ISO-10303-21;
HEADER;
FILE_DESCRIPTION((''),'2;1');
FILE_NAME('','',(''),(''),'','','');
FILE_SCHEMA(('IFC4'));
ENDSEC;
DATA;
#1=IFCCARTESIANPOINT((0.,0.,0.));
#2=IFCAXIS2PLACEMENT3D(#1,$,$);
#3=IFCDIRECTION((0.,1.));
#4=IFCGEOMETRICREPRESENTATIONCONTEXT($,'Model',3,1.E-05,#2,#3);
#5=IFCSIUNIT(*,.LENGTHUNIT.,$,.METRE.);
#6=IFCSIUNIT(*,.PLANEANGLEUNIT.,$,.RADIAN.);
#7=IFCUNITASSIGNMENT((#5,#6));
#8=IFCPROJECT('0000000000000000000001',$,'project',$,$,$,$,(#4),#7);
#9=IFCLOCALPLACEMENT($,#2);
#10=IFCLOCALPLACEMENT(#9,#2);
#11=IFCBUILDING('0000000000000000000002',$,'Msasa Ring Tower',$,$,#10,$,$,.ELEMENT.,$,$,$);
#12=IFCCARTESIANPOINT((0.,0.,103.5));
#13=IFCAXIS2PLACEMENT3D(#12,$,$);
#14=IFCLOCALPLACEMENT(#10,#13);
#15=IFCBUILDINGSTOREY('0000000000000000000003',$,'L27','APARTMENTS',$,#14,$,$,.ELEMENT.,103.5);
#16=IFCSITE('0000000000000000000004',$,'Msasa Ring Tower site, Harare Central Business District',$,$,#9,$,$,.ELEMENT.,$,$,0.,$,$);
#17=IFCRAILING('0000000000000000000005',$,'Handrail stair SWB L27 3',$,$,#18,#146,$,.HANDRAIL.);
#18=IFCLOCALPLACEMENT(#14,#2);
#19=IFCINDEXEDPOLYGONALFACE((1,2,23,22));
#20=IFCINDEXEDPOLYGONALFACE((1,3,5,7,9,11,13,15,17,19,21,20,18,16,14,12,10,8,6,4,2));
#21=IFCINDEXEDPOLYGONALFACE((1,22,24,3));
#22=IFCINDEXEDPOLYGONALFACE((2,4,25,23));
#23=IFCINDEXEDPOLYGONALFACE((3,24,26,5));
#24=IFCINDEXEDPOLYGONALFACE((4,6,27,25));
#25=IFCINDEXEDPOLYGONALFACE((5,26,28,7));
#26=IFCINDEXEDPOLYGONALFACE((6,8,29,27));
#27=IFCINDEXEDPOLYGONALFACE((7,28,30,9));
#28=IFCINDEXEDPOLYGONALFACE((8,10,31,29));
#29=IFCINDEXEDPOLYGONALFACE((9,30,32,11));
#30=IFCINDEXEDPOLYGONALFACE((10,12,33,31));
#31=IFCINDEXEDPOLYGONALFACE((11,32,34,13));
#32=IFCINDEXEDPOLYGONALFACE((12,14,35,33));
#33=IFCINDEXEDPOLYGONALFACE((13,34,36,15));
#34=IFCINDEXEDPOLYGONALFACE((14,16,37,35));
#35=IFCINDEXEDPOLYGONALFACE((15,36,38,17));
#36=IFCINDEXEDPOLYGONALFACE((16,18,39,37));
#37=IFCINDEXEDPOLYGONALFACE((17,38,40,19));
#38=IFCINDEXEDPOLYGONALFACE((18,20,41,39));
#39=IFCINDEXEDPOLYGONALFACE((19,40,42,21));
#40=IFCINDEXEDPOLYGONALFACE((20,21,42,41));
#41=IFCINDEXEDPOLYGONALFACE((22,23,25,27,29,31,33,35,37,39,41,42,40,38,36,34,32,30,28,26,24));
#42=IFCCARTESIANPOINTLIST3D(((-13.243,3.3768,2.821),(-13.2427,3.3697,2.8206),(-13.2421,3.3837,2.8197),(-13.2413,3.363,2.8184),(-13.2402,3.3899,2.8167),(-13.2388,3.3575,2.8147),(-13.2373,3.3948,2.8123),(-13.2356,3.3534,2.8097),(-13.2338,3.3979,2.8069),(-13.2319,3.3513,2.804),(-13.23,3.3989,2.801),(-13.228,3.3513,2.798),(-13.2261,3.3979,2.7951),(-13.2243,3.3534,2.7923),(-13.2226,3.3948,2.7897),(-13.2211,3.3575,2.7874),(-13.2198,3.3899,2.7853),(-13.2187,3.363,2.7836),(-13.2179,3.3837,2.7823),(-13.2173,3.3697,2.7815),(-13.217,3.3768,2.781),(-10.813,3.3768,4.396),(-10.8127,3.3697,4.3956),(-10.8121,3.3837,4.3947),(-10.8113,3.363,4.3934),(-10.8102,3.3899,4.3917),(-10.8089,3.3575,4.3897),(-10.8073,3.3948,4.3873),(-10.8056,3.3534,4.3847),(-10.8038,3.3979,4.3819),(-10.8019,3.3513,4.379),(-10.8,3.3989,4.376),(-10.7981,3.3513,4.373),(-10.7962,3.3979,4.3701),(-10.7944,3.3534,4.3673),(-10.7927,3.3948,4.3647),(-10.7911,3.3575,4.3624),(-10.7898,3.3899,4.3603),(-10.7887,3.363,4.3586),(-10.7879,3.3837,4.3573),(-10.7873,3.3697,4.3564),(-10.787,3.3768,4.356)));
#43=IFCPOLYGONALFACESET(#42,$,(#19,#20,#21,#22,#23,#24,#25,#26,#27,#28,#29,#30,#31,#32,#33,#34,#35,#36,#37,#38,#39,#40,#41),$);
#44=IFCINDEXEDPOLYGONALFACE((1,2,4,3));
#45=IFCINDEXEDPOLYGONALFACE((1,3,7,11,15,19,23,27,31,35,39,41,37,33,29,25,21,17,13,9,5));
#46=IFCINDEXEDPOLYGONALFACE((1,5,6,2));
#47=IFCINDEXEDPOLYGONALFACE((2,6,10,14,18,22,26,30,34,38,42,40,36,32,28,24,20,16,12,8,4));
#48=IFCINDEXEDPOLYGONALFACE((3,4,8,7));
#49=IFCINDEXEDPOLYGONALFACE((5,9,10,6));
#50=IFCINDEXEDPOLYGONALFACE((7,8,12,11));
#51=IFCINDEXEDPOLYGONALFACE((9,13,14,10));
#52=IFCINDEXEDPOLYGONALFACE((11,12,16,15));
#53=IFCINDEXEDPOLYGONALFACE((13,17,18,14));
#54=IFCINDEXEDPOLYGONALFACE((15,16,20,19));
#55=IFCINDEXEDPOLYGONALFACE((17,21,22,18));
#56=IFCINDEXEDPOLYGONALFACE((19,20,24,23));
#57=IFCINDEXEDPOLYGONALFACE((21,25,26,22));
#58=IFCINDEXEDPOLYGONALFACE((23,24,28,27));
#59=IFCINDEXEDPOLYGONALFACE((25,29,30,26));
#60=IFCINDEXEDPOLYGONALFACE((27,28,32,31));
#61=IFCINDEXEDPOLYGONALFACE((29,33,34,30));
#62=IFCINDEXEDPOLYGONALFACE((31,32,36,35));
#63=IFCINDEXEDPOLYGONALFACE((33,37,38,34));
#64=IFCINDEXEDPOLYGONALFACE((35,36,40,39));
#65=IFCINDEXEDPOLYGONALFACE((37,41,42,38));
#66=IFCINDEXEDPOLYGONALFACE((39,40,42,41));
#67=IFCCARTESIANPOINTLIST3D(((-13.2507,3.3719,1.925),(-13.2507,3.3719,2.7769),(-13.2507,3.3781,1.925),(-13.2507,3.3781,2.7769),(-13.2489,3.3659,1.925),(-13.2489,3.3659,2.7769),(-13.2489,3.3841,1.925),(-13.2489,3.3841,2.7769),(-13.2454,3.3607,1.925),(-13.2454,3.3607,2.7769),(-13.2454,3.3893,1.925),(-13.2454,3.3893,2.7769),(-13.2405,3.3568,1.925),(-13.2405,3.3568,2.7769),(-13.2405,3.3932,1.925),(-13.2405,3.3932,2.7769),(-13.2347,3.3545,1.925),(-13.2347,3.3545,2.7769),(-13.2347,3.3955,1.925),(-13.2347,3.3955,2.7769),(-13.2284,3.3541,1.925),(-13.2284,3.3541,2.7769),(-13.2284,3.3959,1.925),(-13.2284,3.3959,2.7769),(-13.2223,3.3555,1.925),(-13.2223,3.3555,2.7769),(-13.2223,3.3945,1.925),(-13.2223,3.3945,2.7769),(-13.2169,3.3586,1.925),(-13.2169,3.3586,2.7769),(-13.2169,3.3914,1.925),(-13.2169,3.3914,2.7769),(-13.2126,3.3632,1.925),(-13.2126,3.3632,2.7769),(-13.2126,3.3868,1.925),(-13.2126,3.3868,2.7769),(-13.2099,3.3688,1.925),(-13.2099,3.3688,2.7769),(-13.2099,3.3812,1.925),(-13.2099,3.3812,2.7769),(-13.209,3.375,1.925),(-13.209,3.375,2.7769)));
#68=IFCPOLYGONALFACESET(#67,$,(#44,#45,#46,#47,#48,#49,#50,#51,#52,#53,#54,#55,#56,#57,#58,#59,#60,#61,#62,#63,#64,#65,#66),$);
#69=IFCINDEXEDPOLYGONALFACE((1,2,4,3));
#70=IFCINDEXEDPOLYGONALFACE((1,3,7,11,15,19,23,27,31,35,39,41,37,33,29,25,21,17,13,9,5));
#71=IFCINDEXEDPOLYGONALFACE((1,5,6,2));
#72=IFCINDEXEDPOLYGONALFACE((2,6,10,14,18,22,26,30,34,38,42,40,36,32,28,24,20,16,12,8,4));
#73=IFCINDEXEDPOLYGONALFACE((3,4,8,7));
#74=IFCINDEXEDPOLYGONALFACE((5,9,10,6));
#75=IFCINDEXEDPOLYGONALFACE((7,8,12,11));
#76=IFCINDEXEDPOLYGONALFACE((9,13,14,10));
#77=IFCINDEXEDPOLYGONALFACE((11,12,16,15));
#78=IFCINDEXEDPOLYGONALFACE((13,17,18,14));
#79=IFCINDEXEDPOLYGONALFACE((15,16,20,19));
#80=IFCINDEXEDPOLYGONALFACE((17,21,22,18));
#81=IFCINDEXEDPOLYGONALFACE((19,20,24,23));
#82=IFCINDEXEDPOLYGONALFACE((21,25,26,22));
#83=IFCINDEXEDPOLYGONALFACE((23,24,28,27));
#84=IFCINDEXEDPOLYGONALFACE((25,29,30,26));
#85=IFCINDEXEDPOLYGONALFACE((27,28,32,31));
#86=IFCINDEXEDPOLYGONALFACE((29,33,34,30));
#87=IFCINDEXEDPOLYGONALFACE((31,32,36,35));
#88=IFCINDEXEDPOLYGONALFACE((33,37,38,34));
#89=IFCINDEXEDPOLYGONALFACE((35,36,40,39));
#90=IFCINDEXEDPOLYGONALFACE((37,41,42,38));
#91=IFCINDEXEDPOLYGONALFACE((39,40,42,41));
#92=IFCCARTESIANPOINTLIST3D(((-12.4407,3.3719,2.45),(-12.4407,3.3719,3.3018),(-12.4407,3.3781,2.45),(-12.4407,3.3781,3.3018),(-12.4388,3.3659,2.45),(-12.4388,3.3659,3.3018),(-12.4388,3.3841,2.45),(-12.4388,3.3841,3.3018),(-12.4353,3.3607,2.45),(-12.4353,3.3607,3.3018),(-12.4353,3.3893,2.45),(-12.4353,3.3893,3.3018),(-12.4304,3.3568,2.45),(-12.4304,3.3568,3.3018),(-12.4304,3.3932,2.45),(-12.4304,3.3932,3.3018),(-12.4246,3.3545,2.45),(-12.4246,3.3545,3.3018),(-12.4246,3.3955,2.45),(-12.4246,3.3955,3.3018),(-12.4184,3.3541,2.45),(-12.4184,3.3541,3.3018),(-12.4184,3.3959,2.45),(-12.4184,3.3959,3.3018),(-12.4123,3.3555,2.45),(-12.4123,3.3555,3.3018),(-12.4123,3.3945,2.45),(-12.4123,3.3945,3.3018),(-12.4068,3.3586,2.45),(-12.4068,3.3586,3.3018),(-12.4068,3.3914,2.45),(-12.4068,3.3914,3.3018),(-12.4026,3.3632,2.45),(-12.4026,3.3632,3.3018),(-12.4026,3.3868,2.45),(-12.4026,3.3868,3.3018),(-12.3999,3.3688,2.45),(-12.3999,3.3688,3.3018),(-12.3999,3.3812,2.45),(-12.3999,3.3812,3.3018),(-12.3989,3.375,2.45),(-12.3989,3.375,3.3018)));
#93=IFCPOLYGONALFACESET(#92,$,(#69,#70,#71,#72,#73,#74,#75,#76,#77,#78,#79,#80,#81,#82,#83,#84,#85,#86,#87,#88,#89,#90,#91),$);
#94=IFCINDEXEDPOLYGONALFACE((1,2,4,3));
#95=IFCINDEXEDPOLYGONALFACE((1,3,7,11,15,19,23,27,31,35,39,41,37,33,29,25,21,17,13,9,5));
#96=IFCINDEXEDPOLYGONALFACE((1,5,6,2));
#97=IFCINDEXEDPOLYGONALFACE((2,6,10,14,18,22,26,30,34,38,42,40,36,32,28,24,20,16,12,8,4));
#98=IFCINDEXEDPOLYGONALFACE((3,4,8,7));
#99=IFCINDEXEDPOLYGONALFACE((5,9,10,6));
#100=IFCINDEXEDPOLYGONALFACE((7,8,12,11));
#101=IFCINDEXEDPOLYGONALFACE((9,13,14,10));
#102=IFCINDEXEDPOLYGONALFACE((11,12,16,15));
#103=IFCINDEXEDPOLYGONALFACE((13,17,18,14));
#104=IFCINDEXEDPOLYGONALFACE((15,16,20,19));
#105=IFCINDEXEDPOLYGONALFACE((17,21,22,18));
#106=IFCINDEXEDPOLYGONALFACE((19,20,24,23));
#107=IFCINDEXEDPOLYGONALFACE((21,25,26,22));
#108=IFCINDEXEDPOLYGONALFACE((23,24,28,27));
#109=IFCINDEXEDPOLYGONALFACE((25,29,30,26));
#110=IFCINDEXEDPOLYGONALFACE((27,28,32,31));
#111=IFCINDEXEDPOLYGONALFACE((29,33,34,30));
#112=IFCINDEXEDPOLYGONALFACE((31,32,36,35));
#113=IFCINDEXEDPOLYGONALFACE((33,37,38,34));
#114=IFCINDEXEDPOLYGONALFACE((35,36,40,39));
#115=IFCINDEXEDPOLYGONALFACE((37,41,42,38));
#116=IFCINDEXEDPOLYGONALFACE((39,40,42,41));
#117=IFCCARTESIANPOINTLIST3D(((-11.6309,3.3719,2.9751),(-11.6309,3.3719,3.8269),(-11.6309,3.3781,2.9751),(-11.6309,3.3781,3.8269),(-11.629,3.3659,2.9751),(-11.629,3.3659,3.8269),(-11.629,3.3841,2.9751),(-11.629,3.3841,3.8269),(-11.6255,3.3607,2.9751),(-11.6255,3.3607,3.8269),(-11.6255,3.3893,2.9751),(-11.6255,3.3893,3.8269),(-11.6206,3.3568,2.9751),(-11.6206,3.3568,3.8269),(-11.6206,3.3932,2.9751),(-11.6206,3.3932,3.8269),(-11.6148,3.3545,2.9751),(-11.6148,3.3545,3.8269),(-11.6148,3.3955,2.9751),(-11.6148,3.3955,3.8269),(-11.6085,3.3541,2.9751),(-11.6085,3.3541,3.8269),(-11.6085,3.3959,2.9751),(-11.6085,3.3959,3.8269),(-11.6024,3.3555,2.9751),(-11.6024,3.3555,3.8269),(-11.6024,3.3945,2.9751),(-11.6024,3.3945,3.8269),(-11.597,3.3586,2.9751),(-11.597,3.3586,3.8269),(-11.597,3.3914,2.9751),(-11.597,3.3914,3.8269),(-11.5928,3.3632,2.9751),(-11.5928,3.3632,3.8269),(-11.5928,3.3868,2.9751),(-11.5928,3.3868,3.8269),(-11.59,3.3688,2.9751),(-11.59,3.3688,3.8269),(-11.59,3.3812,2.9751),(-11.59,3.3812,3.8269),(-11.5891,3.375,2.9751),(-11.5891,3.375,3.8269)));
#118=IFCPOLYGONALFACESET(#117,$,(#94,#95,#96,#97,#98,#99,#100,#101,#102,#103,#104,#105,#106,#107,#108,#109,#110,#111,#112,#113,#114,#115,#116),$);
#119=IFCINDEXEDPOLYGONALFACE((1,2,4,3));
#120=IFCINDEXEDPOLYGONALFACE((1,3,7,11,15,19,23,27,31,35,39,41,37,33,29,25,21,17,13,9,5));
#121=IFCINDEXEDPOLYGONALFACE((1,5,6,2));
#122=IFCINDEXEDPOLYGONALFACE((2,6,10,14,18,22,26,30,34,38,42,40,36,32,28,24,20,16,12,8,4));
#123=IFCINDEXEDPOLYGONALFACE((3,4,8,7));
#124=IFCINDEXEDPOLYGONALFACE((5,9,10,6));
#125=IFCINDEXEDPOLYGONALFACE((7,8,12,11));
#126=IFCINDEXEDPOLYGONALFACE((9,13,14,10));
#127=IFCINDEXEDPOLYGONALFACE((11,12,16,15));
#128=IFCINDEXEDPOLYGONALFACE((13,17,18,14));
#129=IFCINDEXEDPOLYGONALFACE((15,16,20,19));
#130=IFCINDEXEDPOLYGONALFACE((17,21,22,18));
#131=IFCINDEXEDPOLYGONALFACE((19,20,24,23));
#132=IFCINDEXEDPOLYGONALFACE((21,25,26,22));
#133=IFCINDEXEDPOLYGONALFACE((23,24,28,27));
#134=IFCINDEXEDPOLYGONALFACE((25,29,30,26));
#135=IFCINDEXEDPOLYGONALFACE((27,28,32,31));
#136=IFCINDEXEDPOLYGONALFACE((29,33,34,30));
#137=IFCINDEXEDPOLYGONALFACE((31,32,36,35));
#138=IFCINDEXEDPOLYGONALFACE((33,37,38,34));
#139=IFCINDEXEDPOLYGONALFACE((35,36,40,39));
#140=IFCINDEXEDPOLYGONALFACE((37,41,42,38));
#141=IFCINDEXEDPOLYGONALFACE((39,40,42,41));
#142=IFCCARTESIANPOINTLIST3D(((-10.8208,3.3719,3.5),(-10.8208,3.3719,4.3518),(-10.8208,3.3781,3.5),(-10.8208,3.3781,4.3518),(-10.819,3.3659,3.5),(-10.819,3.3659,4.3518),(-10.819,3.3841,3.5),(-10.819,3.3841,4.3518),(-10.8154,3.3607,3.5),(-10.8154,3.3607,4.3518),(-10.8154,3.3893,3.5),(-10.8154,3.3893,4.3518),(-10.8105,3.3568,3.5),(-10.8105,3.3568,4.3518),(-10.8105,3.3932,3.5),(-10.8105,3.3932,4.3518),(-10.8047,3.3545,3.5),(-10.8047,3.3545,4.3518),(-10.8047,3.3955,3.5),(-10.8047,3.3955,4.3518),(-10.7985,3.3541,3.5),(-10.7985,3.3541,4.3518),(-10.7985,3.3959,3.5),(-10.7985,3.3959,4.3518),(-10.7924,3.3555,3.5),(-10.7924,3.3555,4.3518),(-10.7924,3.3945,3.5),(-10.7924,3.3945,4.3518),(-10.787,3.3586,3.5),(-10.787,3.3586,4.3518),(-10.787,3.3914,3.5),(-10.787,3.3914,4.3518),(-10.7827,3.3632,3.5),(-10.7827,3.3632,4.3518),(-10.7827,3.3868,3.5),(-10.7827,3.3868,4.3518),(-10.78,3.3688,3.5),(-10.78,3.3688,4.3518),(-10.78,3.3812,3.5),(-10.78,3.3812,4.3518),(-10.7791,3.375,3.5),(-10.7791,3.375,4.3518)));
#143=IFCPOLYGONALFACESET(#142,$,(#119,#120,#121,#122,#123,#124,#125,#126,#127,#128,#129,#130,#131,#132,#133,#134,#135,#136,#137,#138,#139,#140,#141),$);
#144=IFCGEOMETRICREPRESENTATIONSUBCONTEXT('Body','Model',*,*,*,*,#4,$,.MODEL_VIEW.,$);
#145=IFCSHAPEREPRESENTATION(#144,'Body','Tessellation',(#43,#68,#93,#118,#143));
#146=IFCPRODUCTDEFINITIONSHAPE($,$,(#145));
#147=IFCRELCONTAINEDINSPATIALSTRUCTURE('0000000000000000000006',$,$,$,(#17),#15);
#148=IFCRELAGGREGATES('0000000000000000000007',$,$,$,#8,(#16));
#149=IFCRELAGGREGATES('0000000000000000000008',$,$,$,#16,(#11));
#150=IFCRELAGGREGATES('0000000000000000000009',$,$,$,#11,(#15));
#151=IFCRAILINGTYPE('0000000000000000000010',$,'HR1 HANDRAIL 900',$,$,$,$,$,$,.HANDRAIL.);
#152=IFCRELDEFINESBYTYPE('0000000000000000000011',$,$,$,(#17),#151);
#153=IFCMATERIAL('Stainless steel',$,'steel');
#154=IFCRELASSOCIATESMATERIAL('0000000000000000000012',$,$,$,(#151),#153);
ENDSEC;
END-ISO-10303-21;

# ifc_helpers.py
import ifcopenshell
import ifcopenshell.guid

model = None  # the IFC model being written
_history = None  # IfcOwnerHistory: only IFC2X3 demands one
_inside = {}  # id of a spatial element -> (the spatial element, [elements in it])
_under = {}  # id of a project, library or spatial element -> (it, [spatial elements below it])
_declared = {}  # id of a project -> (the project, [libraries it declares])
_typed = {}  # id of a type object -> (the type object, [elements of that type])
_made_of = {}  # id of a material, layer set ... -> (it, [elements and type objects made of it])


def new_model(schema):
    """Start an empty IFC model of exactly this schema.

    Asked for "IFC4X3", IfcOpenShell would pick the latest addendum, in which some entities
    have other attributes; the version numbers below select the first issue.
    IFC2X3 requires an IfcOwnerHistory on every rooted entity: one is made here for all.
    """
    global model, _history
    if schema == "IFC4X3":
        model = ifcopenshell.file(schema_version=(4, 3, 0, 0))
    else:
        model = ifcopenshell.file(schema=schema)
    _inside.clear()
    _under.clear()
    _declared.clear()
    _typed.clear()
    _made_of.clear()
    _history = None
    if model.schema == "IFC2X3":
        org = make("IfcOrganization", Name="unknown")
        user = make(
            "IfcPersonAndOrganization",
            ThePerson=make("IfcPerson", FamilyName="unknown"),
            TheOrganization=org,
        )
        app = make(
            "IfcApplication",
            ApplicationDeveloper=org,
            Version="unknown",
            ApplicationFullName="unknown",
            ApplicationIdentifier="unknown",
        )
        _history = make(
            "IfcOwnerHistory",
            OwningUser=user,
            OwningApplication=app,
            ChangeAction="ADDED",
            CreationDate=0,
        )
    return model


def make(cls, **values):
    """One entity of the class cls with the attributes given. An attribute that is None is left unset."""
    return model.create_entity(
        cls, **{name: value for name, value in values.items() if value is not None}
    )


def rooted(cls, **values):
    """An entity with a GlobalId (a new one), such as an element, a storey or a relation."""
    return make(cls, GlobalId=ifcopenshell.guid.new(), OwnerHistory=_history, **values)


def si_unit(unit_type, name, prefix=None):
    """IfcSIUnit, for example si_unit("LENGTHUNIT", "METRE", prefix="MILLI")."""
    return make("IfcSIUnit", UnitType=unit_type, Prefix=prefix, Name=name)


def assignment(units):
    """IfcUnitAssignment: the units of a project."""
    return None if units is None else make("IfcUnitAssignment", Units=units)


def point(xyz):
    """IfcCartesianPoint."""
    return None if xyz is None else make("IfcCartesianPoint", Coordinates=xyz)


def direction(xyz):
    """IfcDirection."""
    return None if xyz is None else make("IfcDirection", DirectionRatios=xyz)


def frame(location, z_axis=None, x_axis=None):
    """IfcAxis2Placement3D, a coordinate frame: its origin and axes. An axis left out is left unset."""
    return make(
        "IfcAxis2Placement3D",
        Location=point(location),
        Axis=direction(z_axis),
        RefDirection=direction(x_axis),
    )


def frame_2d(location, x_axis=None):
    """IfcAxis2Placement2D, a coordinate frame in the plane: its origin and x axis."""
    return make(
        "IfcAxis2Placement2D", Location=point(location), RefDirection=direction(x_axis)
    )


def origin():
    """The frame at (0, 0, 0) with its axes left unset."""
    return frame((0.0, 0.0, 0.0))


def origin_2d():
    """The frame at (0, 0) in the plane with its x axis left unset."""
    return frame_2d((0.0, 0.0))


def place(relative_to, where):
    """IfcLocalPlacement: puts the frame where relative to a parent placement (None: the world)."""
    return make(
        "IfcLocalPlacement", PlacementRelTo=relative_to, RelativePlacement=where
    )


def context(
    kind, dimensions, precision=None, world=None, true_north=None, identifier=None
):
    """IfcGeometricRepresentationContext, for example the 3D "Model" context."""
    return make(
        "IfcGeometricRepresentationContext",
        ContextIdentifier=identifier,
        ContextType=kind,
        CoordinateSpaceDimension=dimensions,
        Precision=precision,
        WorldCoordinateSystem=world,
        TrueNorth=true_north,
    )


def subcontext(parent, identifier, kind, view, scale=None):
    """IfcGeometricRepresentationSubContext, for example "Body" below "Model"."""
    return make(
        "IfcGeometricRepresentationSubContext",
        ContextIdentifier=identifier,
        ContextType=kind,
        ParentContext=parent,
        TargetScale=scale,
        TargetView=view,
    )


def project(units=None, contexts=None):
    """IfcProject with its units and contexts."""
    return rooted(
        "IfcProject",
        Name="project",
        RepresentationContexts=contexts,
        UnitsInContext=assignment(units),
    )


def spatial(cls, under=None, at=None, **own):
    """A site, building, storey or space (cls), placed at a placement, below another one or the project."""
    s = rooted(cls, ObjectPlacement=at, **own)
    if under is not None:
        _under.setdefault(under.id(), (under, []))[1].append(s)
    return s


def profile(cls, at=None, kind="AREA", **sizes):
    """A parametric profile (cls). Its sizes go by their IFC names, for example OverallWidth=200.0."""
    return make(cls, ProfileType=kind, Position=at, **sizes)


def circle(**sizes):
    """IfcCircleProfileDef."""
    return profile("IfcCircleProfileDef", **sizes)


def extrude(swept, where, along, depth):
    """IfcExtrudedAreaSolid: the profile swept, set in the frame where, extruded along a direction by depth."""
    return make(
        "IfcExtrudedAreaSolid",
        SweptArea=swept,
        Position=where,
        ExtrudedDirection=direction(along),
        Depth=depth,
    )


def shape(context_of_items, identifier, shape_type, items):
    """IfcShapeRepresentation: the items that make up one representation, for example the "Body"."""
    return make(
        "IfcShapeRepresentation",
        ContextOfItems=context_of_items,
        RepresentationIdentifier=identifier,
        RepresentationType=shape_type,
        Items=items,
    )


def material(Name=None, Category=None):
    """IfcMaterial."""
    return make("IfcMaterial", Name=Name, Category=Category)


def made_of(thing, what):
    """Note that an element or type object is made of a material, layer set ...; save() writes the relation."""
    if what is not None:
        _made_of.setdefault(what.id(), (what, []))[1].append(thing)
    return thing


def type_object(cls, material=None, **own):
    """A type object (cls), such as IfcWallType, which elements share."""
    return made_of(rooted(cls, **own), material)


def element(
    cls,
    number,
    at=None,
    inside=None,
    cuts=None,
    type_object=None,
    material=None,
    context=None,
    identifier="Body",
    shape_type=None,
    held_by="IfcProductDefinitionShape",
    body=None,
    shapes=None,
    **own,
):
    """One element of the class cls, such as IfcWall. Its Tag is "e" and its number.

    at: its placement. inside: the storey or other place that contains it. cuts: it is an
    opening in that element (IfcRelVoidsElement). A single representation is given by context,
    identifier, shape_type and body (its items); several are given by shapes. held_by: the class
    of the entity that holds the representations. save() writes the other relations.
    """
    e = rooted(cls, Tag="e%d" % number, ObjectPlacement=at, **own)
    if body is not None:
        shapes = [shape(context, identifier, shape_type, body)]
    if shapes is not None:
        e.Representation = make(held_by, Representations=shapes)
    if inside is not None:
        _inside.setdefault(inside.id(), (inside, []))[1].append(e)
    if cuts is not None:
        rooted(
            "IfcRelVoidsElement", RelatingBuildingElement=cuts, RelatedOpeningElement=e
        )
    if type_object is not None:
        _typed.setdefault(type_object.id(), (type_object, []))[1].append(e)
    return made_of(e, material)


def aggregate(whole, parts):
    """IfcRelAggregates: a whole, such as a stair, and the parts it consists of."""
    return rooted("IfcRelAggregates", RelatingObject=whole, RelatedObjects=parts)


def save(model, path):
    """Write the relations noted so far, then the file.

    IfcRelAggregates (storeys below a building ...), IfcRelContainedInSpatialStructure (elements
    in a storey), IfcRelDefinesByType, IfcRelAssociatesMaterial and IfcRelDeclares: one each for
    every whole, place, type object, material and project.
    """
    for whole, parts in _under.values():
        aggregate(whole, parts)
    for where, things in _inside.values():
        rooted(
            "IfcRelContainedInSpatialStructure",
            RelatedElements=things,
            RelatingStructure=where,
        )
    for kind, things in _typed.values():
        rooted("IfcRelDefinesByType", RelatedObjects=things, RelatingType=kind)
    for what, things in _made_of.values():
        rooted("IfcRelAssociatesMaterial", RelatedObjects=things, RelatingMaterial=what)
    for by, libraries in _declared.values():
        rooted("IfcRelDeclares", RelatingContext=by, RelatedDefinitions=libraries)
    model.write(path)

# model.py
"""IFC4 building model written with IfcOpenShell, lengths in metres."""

from ifc_helpers import new_model, si_unit, direction, frame, origin, origin_2d, place, context, subcontext, project, spatial, circle, extrude, material, type_object, element, save


model = new_model("IFC4")

# Units and contexts
model_context = context("Model", 3, precision=1e-05, world=origin(), true_north=direction((0.0, 1.0)))
body_context = subcontext(model_context, "Body", "Model", "MODEL_VIEW")
ifc_project = project(units=[si_unit("LENGTHUNIT", "METRE"), si_unit("PLANEANGLEUNIT", "RADIAN")], contexts=[model_context])

# Site, building, storey
site_placement = place(None, origin())
site = spatial("IfcSite", under=ifc_project, at=site_placement, Name="Msasa Ring Tower site, Harare Central Business District", CompositionType="ELEMENT", RefElevation=0.0)
building_placement = place(site_placement, origin())
building = spatial("IfcBuilding", under=site, at=building_placement, Name="Msasa Ring Tower", CompositionType="ELEMENT")
storey_placement = place(building_placement, frame((0.0, 0.0, 103.5)))
storey = spatial("IfcBuildingStorey", under=building, at=storey_placement, Name="L27", Description="APARTMENTS", CompositionType="ELEMENT", Elevation=103.5)

# Railing
ifc_material_1 = material(Name="Stainless steel", Category="steel")
railing_type = type_object("IfcRailingType", Name="HR1 HANDRAIL 900", PredefinedType="HANDRAIL", material=ifc_material_1)
for number, where, name in (
    (1, (-13.23, 3.375, 1.925), "Handrail stair SWB L27 3"),
):
    element("IfcRailing", number, at=place(storey_placement, frame(where)), inside=storey, type_object=railing_type, Name=name, PredefinedType="HANDRAIL", context=body_context, shape_type="SweptSolid", body=[
        extrude(circle(Radius=0.0239, at=origin_2d()), frame((0.0, 0.0, 0.876), z_axis=(0.839154, 0.0, 0.543894), x_axis=(0.0, 1.0, 0.0)), (0.0, 0.0, 1.0), 2.8958),
        extrude(circle(Radius=0.021, at=origin_2d()), origin(), (0.0, 0.0, 1.0), 0.8518),
        extrude(circle(Radius=0.021, at=origin_2d()), frame((0.8101, 0.0, 0.5249)), (0.0, 0.0, 1.0), 0.8518),
        extrude(circle(Radius=0.021, at=origin_2d()), frame((1.6199, 0.0, 1.05)), (0.0, 0.0, 1.0), 0.8518),
        extrude(circle(Radius=0.021, at=origin_2d()), frame((2.4299, 0.0, 1.575)), (0.0, 0.0, 1.0), 0.8518),
    ])

save(model, "model.ifc")
